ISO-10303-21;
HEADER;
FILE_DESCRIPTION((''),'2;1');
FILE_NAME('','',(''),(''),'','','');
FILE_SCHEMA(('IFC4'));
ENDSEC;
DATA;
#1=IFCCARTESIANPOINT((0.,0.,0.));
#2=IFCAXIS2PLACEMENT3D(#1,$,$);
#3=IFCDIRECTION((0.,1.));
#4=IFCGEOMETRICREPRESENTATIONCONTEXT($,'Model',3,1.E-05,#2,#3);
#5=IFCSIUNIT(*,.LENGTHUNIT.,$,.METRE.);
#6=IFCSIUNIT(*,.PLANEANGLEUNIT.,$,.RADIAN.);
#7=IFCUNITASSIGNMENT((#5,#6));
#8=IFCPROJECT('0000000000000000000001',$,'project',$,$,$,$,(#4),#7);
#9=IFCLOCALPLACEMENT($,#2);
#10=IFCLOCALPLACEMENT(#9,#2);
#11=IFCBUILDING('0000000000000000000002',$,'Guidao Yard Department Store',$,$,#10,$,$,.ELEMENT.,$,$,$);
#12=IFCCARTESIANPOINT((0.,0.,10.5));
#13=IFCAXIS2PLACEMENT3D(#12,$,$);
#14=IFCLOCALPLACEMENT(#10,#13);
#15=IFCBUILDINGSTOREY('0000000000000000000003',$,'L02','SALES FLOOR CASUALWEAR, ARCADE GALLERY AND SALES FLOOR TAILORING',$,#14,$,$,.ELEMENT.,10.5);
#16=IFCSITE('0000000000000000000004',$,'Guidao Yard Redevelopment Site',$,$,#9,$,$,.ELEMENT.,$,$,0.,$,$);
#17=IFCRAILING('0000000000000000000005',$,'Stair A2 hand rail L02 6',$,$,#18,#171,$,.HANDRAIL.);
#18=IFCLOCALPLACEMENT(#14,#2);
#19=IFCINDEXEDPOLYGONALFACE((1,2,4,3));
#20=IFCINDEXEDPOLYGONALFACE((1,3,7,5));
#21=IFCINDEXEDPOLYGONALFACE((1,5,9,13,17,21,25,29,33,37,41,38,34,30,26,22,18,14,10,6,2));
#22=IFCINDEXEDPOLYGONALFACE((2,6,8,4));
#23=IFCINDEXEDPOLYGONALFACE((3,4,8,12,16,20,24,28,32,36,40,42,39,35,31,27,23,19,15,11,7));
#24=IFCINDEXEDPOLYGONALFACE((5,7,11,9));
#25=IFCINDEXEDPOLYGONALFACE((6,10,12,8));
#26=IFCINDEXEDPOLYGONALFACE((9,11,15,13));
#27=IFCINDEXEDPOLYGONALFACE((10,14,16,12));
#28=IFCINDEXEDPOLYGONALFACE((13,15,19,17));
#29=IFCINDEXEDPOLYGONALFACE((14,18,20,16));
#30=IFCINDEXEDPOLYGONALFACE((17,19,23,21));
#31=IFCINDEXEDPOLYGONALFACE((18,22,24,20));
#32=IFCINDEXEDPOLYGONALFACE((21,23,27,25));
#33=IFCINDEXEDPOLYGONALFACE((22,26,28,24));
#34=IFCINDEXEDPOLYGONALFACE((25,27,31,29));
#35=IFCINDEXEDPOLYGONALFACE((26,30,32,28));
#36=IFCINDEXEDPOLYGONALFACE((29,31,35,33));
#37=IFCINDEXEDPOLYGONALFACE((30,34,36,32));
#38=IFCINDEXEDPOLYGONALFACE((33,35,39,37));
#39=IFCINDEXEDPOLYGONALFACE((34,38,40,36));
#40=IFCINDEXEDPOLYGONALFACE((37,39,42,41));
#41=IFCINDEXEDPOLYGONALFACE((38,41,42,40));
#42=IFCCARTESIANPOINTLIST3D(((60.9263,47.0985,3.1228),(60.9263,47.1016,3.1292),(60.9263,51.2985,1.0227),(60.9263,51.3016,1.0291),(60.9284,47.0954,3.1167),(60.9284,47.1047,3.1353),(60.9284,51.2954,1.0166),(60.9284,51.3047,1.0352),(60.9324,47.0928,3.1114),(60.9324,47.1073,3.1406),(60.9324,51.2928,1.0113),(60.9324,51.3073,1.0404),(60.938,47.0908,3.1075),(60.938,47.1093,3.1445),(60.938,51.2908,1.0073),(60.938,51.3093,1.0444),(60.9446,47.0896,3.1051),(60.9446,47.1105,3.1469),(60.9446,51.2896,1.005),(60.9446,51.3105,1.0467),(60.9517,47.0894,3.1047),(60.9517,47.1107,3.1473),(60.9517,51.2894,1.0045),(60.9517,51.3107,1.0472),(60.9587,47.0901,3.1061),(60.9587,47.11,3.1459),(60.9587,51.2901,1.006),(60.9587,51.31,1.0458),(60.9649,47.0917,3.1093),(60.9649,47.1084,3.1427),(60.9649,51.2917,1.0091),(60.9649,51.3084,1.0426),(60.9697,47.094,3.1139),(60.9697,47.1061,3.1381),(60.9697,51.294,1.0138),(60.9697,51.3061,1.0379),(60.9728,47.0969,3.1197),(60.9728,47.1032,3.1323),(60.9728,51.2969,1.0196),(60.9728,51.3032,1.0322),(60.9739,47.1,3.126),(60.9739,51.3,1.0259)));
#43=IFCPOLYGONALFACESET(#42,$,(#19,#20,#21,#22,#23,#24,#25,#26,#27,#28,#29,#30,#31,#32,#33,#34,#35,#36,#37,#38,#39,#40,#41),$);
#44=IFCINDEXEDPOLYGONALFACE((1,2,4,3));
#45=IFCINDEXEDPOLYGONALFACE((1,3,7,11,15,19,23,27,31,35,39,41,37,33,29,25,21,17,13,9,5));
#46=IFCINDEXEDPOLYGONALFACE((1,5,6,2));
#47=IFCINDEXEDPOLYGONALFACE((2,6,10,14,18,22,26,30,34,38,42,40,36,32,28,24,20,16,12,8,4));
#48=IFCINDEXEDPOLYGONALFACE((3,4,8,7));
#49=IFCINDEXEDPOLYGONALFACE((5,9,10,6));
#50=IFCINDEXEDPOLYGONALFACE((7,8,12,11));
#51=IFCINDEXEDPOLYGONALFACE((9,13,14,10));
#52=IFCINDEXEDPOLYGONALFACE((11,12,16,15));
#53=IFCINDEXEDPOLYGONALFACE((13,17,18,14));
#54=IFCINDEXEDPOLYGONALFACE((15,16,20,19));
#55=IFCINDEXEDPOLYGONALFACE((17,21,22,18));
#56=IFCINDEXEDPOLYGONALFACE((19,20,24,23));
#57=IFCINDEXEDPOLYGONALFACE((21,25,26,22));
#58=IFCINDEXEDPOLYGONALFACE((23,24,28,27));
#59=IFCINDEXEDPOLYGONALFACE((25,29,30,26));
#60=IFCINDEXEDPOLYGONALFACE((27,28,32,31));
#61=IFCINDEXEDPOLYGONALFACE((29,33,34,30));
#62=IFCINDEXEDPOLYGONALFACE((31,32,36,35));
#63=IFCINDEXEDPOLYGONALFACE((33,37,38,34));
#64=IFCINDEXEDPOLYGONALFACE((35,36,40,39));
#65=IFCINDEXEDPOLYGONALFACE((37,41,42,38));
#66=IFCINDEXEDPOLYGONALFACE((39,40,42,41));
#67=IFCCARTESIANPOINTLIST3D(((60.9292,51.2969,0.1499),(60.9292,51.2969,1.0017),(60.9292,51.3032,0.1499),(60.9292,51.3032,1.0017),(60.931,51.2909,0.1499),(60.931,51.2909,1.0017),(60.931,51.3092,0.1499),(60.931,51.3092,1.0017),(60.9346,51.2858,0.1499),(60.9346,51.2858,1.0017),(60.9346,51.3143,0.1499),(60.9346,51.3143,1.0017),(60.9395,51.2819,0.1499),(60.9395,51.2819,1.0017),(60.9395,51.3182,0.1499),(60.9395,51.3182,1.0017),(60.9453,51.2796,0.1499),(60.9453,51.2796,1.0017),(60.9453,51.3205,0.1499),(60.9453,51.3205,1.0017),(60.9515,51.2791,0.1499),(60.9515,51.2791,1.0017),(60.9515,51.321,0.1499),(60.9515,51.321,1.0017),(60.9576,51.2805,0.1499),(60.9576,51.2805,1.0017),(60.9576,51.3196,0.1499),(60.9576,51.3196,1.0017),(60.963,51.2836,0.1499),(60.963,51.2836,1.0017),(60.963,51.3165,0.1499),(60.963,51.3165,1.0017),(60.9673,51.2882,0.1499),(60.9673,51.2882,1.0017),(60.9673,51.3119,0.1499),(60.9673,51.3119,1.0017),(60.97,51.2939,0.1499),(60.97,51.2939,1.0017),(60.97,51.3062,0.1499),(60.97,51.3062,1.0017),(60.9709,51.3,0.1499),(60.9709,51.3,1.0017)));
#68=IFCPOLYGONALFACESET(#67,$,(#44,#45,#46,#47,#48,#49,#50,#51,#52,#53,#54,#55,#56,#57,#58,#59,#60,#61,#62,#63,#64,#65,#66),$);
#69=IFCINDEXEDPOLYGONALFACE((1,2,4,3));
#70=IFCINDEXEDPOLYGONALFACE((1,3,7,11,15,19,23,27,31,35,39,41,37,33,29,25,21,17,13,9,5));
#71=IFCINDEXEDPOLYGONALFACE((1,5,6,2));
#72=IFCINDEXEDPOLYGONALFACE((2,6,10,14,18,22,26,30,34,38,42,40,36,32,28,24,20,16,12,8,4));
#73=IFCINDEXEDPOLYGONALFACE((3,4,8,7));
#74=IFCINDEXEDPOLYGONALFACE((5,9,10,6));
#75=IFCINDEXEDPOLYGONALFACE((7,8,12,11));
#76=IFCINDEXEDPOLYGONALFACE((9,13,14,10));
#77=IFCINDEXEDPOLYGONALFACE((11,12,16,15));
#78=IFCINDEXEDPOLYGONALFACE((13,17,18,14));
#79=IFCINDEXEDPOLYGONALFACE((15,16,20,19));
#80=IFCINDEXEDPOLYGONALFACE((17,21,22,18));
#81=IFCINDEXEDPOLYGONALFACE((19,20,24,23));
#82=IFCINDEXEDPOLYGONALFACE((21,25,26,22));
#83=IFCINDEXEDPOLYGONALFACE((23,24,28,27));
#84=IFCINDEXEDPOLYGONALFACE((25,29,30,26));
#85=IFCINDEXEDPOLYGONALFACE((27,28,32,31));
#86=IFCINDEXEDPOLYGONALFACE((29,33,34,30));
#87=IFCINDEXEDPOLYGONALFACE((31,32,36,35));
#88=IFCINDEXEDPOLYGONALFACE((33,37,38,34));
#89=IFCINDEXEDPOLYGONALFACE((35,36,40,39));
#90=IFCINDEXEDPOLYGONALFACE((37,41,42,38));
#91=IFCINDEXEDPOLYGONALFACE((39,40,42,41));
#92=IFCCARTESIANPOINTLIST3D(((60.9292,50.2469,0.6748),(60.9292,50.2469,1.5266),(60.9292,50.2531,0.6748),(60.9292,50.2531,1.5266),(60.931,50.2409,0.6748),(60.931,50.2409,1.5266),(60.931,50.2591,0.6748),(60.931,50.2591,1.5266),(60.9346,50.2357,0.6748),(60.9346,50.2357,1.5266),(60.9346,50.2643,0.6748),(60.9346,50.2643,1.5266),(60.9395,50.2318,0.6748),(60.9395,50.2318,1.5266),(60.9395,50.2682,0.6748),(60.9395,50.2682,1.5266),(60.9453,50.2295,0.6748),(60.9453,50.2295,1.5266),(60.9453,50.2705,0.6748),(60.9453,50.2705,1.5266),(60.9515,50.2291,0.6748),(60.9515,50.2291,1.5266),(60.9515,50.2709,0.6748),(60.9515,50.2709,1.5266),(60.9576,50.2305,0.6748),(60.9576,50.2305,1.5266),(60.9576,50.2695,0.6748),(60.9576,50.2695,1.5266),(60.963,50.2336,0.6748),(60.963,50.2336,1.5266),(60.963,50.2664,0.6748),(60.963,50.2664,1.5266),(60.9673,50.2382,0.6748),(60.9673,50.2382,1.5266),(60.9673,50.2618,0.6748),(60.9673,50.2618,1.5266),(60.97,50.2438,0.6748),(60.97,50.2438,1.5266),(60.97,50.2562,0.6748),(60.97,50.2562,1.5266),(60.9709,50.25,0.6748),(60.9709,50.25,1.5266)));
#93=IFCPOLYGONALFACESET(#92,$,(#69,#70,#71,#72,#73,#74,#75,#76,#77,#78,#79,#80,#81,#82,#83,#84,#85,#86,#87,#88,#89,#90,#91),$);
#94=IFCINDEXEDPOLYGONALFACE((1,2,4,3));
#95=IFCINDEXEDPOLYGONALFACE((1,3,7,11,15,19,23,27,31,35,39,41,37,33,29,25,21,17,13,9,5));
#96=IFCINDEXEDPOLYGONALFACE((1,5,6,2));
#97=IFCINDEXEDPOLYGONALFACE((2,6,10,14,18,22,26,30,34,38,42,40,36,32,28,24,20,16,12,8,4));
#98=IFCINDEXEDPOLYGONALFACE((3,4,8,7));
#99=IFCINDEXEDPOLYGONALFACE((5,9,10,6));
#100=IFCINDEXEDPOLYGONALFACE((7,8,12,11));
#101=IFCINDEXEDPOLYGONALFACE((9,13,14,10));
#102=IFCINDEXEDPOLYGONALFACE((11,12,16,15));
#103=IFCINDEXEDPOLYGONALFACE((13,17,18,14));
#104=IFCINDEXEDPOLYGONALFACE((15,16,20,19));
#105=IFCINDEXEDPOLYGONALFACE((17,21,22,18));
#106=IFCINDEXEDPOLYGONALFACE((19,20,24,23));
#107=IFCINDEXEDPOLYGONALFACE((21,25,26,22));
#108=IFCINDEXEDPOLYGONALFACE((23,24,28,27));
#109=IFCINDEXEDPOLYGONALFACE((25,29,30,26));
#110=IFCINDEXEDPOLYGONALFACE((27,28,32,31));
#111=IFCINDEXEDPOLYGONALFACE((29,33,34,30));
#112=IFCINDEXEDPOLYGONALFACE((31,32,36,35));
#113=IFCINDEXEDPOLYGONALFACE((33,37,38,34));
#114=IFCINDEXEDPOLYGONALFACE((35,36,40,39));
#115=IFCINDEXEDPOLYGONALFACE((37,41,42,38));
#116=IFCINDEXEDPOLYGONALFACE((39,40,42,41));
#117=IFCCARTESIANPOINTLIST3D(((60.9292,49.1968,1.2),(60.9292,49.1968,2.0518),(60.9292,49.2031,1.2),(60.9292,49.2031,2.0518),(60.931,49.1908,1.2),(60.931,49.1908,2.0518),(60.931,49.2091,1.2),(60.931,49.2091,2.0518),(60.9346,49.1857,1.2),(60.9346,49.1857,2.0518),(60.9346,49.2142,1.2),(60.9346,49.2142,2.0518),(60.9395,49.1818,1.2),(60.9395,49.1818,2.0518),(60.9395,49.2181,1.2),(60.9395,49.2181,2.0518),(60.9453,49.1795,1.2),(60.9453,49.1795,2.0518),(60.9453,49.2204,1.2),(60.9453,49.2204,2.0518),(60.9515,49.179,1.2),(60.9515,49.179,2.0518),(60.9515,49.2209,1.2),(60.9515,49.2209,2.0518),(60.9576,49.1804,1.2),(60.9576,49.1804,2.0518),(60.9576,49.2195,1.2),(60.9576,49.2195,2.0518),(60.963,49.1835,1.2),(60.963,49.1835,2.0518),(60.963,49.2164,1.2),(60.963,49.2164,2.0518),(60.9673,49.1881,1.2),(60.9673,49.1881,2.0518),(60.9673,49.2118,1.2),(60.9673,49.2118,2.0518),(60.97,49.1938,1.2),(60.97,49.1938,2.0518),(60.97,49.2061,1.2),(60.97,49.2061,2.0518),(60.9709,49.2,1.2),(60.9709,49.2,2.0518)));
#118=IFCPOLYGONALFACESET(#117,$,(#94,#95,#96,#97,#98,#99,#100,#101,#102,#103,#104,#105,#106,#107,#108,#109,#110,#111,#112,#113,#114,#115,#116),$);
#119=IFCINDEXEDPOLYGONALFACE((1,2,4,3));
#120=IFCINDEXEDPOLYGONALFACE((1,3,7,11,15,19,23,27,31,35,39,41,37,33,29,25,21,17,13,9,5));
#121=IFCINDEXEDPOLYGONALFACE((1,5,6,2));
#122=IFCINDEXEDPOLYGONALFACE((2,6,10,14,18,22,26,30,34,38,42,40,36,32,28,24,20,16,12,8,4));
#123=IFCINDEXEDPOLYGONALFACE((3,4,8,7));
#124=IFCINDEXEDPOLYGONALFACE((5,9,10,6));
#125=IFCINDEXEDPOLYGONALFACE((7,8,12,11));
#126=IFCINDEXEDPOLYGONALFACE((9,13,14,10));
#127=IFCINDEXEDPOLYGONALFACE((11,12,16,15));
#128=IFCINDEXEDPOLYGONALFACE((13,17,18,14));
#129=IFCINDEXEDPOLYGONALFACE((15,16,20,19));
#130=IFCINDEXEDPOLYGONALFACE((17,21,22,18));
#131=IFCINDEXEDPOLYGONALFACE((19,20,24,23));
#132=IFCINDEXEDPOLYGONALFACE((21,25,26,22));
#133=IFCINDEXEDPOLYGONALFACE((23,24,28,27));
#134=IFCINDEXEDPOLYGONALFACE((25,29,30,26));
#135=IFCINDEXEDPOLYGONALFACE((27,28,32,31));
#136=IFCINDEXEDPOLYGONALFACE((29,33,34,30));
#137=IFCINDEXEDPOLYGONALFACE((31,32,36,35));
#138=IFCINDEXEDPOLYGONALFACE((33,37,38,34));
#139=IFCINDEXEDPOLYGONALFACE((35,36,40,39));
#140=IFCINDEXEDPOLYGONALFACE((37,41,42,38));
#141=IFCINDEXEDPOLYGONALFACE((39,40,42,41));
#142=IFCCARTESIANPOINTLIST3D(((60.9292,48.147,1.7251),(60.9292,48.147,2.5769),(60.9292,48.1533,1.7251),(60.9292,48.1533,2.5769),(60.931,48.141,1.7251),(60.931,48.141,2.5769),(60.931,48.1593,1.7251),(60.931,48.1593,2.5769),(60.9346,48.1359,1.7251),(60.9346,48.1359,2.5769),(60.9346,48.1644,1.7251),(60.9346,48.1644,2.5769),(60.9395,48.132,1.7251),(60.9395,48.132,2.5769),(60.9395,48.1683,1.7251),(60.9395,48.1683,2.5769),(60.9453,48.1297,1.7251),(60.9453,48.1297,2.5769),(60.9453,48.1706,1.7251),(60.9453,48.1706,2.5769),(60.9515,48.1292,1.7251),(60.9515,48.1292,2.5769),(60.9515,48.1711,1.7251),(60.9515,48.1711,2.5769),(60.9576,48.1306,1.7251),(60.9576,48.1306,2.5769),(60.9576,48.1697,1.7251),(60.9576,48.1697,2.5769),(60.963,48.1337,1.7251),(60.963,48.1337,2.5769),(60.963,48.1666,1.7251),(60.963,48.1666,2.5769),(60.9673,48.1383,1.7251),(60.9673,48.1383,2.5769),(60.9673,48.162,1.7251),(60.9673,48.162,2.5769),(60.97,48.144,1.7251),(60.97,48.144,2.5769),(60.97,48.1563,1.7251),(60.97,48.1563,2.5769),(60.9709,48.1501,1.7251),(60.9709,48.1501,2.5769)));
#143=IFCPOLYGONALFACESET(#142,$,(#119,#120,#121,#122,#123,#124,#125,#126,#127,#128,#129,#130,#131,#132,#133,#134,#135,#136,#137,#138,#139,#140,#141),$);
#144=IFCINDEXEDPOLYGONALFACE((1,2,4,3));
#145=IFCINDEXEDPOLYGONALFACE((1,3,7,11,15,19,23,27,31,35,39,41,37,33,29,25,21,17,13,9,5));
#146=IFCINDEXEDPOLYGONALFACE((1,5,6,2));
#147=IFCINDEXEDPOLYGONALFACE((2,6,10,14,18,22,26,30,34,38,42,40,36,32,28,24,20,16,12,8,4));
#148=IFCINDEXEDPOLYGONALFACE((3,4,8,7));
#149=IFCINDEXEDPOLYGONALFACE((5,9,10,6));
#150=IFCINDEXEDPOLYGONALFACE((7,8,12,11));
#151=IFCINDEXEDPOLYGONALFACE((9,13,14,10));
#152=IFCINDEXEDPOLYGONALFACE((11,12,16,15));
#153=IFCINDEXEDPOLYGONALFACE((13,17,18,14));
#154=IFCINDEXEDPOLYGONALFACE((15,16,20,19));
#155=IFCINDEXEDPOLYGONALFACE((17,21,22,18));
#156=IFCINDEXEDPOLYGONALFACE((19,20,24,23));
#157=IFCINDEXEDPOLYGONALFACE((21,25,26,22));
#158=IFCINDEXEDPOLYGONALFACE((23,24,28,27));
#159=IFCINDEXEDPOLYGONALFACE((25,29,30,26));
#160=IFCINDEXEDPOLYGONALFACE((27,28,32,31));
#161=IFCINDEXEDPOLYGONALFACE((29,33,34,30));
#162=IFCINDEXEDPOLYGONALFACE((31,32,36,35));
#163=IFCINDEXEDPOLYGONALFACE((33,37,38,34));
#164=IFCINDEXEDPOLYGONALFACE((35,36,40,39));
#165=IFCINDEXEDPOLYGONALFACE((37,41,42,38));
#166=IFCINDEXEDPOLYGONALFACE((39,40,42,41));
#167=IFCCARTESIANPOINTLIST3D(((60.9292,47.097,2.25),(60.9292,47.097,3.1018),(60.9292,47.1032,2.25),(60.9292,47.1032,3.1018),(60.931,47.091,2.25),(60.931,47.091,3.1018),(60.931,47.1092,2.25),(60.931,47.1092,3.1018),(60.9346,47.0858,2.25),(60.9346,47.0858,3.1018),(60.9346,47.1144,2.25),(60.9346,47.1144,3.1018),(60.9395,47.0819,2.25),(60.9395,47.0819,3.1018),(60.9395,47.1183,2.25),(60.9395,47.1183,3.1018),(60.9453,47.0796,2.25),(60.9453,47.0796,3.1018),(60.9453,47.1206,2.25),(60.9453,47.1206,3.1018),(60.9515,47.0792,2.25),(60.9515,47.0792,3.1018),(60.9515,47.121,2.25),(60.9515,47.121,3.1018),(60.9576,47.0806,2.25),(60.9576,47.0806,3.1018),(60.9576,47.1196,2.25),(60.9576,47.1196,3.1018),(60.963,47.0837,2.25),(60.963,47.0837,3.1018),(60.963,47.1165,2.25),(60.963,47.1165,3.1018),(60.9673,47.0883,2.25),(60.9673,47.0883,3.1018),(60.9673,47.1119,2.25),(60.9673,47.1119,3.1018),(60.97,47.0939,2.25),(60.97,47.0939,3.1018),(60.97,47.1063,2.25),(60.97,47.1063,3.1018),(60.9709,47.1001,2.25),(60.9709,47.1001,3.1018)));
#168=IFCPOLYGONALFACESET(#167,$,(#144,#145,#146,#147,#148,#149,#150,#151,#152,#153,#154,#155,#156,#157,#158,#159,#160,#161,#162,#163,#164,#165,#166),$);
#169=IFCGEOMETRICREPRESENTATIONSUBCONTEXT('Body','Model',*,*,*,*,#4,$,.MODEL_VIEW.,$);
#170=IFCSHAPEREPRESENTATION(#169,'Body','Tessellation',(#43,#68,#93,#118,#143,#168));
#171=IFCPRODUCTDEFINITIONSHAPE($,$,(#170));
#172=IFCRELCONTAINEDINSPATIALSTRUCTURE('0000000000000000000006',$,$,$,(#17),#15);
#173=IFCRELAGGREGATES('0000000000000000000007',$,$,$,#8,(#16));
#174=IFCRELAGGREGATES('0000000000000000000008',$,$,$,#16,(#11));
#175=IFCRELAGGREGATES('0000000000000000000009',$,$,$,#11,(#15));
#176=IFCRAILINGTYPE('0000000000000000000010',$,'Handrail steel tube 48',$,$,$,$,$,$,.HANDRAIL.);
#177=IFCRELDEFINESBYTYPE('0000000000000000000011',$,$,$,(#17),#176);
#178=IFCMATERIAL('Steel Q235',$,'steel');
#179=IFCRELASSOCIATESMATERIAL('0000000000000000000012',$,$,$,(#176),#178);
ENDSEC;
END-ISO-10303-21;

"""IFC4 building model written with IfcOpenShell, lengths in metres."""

from ifc_helpers import new_model, si_unit, direction, frame, origin, origin_2d, place, context, subcontext, project, spatial, circle, extrude, material, type_object, element, save


model = new_model("IFC4")

# Units and contexts
model_context = context("Model", 3, precision=1e-05, world=origin(), true_north=direction((0.0, 1.0)))
body_context = subcontext(model_context, "Body", "Model", "MODEL_VIEW")
ifc_project = project(units=[si_unit("LENGTHUNIT", "METRE"), si_unit("PLANEANGLEUNIT", "RADIAN")], contexts=[model_context])

# Site, building, storey
site_placement = place(None, origin())
site = spatial("IfcSite", under=ifc_project, at=site_placement, Name="Guidao Yard Redevelopment Site", CompositionType="ELEMENT", RefElevation=0.0)
building_placement = place(site_placement, origin())
building = spatial("IfcBuilding", under=site, at=building_placement, Name="Guidao Yard Department Store", CompositionType="ELEMENT")
storey_placement = place(building_placement, frame((0.0, 0.0, 10.5)))
storey = spatial("IfcBuildingStorey", under=building, at=storey_placement, Name="L02", Description="SALES FLOOR CASUALWEAR, ARCADE GALLERY AND SALES FLOOR TAILORING", CompositionType="ELEMENT", Elevation=10.5)

# Railing
ifc_material_1 = material(Name="Steel Q235", Category="steel")
railing_type_1 = type_object("IfcRailingType", Name="Handrail steel tube 48", PredefinedType="HANDRAIL", material=ifc_material_1)
for number, where, name in (
    (1, (60.95, 51.3, 0.1499), "Stair A2 hand rail L02 6"),
):
    element("IfcRailing", number, at=place(storey_placement, frame(where)), inside=storey, type_object=railing_type_1, Name=name, PredefinedType="HANDRAIL", context=body_context, shape_type="SweptSolid", body=[
        extrude(circle(Radius=0.0239, at=origin_2d()), frame((0.0, 0.0, 0.876), z_axis=(0.0, -0.894417, 0.447234), x_axis=(1.0, 0.0, 0.0)), (0.0, 0.0, 1.0), 4.6958),
        extrude(circle(Radius=0.021, at=origin_2d()), origin(), (0.0, 0.0, 1.0), 0.8518),
        extrude(circle(Radius=0.021, at=origin_2d()), frame((0.0, -1.05, 0.5249)), (0.0, 0.0, 1.0), 0.8518),
        extrude(circle(Radius=0.021, at=origin_2d()), frame((0.0, -2.1001, 1.05)), (0.0, 0.0, 1.0), 0.8518),
        extrude(circle(Radius=0.021, at=origin_2d()), frame((0.0, -3.1499, 1.5752)), (0.0, 0.0, 1.0), 0.8518),
        extrude(circle(Radius=0.021, at=origin_2d()), frame((0.0, -4.2, 2.1001)), (0.0, 0.0, 1.0), 0.8518),
    ])

save(model, "model.ifc")
